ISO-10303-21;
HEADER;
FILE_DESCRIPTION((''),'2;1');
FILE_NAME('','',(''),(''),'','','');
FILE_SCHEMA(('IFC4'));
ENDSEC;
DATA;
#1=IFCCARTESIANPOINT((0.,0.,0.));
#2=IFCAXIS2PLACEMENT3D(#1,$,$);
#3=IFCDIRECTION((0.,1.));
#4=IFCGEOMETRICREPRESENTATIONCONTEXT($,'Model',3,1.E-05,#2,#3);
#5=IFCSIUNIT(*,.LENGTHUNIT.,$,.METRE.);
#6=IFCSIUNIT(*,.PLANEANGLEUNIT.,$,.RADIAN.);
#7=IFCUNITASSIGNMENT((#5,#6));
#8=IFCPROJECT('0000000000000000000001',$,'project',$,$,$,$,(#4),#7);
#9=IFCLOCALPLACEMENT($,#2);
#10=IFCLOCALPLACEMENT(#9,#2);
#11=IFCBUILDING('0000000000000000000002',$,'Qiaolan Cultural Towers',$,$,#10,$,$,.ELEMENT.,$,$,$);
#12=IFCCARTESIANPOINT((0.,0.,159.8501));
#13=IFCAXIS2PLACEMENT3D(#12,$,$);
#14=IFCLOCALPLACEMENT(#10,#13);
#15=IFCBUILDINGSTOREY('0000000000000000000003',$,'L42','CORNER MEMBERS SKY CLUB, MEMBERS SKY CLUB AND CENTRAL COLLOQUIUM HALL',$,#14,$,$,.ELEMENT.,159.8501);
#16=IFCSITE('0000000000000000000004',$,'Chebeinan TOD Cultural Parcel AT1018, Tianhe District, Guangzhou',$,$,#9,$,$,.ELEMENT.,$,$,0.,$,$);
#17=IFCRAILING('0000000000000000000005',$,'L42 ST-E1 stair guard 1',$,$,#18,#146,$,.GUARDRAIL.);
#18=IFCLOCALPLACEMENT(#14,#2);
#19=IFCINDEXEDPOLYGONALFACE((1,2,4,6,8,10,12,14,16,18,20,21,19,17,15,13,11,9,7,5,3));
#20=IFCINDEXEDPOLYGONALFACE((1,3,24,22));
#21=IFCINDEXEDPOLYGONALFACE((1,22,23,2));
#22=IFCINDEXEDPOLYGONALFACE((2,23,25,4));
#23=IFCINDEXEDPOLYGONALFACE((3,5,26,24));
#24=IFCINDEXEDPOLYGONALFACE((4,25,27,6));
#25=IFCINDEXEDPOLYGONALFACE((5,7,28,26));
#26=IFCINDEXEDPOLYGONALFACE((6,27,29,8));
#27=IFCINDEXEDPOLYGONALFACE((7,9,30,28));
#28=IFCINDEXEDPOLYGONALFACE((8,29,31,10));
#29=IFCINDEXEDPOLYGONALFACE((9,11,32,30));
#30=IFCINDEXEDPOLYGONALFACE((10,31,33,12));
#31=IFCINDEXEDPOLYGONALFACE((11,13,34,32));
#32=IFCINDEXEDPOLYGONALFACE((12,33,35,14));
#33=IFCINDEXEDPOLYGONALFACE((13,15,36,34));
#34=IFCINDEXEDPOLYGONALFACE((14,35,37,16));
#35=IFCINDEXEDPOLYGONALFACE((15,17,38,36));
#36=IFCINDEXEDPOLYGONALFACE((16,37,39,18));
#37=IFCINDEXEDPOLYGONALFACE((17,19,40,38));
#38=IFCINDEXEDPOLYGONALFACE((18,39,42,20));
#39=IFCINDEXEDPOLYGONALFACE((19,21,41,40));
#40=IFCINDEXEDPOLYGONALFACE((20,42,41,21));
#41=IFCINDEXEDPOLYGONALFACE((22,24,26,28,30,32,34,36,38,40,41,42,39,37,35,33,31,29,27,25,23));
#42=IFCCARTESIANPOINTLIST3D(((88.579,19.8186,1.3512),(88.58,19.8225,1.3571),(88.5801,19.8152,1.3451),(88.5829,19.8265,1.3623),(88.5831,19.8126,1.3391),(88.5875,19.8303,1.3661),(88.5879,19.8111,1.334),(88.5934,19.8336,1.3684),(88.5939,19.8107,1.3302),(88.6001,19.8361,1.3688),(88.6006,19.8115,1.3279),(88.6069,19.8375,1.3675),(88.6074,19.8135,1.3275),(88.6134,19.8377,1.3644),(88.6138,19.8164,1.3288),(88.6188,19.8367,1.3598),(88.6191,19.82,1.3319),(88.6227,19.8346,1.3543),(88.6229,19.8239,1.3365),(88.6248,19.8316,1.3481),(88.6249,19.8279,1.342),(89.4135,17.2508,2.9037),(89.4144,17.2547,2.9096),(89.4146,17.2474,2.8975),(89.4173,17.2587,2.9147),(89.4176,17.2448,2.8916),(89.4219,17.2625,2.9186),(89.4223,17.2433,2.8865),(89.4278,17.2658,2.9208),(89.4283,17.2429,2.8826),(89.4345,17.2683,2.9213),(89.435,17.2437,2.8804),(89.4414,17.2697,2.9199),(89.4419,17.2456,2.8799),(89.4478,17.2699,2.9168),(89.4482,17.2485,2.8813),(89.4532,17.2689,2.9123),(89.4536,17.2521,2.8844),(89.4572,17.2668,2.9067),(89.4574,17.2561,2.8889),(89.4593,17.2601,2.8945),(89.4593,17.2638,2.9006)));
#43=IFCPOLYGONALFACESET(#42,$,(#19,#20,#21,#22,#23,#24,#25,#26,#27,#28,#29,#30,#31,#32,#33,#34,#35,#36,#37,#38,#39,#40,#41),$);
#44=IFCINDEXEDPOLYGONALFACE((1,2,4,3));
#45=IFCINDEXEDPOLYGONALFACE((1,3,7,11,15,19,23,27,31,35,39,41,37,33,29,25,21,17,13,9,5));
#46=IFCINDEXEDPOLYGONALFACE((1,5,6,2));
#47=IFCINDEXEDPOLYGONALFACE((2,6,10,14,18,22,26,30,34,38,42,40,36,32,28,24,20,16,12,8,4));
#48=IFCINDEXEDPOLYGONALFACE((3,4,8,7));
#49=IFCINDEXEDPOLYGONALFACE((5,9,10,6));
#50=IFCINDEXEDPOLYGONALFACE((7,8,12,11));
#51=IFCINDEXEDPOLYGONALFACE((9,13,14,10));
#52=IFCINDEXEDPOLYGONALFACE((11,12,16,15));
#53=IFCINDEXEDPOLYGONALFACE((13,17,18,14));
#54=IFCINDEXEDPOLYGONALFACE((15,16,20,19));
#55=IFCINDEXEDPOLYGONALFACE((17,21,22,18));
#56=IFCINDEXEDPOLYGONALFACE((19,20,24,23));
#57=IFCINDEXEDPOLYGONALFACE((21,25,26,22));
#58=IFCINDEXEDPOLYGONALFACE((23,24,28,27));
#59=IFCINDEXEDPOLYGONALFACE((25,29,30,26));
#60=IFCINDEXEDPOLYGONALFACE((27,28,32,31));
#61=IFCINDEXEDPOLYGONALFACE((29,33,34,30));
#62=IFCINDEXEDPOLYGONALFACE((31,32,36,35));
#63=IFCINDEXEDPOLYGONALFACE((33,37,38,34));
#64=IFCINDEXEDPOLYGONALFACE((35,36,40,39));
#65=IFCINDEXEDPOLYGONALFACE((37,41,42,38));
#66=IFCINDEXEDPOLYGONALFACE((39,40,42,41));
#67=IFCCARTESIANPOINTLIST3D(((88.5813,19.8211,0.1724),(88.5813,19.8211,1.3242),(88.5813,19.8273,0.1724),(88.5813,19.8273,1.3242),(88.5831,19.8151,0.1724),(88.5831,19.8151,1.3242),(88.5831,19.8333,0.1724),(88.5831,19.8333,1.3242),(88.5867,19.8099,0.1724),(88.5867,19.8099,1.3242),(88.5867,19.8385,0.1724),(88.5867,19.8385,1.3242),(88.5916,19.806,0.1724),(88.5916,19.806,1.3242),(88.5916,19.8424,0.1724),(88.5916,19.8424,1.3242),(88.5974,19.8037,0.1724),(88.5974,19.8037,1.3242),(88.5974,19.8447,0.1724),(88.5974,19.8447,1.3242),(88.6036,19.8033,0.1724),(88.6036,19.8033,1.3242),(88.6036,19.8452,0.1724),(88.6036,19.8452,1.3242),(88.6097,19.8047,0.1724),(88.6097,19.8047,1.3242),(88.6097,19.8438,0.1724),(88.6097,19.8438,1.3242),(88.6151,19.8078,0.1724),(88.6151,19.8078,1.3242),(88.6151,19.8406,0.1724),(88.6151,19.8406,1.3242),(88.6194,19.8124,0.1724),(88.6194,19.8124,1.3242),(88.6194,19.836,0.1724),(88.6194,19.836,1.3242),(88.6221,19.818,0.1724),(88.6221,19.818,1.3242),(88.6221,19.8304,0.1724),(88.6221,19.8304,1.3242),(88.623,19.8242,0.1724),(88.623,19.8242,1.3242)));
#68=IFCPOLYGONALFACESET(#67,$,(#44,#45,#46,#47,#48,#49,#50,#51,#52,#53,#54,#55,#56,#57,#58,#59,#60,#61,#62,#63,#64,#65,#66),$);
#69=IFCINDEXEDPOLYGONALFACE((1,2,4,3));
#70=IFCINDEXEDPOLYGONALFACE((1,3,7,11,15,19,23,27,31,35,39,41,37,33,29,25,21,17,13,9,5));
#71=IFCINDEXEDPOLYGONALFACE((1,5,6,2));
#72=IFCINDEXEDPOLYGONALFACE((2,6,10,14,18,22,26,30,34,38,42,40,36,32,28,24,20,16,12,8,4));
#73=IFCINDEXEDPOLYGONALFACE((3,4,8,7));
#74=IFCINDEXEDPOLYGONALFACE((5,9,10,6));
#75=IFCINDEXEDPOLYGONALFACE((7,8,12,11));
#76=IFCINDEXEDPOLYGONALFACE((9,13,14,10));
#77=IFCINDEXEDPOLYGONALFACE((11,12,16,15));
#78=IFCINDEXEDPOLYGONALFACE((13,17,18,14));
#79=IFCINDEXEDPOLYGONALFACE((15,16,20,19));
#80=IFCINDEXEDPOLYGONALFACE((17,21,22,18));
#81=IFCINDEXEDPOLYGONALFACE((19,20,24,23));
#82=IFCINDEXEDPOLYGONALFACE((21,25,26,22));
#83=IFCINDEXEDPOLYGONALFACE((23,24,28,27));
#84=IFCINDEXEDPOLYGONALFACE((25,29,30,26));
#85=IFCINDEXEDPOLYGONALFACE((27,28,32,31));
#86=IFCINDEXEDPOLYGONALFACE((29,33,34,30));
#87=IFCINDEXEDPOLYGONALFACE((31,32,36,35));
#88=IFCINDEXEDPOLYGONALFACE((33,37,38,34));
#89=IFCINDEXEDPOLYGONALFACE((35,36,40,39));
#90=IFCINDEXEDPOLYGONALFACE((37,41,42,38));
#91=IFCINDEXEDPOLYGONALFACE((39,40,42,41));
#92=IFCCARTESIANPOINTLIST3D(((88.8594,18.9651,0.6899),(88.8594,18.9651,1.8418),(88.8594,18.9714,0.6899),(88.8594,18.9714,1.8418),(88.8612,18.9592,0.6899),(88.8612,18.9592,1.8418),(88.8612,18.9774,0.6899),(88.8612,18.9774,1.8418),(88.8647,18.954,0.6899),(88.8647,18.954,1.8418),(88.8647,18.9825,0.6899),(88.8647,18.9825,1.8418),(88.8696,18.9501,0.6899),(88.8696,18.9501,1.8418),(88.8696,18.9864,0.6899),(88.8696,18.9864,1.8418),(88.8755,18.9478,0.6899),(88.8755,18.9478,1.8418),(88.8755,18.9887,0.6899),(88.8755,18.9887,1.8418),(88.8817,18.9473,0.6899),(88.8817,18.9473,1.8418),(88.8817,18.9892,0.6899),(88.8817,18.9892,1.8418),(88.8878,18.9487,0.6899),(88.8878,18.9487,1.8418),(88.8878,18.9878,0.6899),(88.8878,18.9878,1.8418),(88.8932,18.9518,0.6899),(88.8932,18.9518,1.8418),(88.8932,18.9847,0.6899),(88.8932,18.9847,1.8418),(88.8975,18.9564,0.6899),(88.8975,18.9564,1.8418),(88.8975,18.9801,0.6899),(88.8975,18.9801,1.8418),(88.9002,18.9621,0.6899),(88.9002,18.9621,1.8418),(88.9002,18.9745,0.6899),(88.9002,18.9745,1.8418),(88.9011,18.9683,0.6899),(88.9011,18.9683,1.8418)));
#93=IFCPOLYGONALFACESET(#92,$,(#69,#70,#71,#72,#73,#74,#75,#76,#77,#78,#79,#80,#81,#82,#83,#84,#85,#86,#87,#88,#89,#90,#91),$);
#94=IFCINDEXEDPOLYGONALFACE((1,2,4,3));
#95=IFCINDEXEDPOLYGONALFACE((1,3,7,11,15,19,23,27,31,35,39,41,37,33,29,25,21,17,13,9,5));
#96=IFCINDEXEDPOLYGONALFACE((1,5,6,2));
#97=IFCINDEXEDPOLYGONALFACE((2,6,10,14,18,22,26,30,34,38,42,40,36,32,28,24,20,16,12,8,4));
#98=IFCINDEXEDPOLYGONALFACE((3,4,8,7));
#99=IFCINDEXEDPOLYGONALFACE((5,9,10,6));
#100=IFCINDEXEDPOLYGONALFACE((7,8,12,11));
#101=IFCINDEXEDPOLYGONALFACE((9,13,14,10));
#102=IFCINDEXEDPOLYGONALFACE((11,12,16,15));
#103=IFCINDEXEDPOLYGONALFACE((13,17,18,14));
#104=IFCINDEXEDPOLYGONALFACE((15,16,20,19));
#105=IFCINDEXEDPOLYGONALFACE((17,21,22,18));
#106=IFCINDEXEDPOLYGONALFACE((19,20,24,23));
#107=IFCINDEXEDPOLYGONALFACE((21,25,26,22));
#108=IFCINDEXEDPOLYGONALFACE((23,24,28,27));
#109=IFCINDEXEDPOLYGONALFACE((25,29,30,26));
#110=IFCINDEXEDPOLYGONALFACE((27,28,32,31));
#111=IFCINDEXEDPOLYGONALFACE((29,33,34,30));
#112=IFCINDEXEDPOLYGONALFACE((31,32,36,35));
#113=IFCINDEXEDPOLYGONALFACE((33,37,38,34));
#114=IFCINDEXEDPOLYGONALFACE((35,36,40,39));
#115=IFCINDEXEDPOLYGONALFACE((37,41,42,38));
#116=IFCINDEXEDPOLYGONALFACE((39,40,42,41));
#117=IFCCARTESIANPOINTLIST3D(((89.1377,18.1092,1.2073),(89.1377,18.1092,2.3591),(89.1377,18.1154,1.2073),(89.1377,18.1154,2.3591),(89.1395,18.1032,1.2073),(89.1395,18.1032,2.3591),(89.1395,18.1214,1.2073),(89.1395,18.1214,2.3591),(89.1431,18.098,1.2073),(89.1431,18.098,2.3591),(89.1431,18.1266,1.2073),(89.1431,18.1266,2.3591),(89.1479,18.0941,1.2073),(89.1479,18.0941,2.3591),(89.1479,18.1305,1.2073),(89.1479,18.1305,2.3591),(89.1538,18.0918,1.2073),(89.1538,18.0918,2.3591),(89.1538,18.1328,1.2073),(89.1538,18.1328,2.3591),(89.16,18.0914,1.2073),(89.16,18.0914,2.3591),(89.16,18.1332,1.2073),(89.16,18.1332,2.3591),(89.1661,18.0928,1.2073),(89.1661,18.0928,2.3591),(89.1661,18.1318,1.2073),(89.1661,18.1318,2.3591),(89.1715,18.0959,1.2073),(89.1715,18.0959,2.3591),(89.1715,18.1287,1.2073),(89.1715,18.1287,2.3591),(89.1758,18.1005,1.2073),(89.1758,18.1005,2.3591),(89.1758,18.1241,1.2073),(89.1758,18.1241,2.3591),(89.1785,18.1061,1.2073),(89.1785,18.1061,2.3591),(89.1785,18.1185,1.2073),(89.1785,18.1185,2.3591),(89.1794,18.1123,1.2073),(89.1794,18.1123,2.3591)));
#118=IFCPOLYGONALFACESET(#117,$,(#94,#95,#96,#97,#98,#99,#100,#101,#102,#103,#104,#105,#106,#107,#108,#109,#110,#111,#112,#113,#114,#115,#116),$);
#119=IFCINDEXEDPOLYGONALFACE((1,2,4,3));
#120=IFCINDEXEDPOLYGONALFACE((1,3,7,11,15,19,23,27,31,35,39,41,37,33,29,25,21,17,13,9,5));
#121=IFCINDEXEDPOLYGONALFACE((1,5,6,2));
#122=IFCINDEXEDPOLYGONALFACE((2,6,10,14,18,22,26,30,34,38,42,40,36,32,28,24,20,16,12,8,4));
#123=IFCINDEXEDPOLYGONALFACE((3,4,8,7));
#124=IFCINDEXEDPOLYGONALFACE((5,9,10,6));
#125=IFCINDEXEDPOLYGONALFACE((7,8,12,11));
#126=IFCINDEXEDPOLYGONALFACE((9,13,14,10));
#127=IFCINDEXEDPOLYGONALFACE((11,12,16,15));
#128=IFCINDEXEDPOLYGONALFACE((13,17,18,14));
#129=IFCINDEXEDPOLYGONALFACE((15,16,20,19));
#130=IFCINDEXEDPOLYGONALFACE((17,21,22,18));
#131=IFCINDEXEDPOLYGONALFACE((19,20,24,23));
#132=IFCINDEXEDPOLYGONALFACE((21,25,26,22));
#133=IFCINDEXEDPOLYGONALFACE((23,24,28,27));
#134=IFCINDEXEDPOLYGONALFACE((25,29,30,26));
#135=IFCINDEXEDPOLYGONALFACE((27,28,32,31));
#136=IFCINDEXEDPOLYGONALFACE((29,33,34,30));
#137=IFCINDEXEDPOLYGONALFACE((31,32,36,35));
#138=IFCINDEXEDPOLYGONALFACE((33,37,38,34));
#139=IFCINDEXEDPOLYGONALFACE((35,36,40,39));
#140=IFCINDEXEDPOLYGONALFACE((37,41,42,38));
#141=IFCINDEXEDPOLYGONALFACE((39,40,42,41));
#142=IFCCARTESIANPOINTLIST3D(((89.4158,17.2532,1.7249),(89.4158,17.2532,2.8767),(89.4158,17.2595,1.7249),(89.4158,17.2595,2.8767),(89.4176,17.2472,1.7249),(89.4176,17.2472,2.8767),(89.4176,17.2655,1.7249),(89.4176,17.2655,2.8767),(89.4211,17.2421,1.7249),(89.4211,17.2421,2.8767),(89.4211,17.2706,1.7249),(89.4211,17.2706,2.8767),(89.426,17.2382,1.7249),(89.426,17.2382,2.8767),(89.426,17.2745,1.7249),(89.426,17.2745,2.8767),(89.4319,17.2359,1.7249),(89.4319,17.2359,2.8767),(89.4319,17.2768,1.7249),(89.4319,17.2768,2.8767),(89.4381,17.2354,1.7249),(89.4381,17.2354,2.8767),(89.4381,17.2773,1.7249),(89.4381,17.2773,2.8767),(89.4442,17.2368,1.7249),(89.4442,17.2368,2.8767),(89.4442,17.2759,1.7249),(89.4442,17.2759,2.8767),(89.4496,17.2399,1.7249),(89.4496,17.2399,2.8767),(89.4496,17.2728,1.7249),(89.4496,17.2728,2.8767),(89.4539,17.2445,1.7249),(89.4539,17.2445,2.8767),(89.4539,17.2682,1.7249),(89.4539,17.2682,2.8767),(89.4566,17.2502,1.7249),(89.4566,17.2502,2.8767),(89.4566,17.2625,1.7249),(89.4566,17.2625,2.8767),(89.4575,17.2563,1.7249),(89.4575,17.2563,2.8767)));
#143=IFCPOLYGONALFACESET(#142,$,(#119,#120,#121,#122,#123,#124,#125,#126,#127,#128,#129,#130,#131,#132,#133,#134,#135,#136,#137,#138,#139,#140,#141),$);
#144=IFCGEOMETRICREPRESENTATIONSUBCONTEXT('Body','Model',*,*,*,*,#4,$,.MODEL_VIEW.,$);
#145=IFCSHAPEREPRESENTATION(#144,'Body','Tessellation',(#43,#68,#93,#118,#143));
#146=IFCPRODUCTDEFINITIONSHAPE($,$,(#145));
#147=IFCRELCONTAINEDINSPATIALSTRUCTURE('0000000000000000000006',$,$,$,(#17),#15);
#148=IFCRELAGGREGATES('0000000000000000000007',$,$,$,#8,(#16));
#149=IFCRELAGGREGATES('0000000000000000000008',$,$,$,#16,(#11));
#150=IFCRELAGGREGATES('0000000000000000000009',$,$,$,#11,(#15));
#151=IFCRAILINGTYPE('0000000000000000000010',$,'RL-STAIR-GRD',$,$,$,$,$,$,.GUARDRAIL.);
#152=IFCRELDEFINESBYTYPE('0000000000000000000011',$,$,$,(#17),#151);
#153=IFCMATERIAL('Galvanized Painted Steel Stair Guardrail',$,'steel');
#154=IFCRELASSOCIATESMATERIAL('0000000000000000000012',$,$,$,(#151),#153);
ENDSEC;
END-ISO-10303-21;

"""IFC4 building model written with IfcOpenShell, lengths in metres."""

from ifc_helpers import new_model, si_unit, direction, frame, origin, origin_2d, place, context, subcontext, project, spatial, circle, extrude, material, type_object, element, save


model = new_model("IFC4")

# Units and contexts
model_context = context("Model", 3, precision=1e-05, world=origin(), true_north=direction((0.0, 1.0)))
body_context = subcontext(model_context, "Body", "Model", "MODEL_VIEW")
ifc_project = project(units=[si_unit("LENGTHUNIT", "METRE"), si_unit("PLANEANGLEUNIT", "RADIAN")], contexts=[model_context])

# Site, building, storey
site_placement = place(None, origin())
site = spatial("IfcSite", under=ifc_project, at=site_placement, Name="Chebeinan TOD Cultural Parcel AT1018, Tianhe District, Guangzhou", CompositionType="ELEMENT", RefElevation=0.0)
building_placement = place(site_placement, origin())
building = spatial("IfcBuilding", under=site, at=building_placement, Name="Qiaolan Cultural Towers", CompositionType="ELEMENT")
storey_placement = place(building_placement, frame((0.0, 0.0, 159.8501)))
storey = spatial("IfcBuildingStorey", under=building, at=storey_placement, Name="L42", Description="CORNER MEMBERS SKY CLUB, MEMBERS SKY CLUB AND CENTRAL COLLOQUIUM HALL", CompositionType="ELEMENT", Elevation=159.8501)

# Railing
ifc_material_1 = material(Name="Galvanized Painted Steel Stair Guardrail", Category="steel")
railing_type_1 = type_object("IfcRailingType", Name="RL-STAIR-GRD", PredefinedType="GUARDRAIL", material=ifc_material_1)
railing_1_placement = place(storey_placement, frame((88.6021, 19.8242, 0.1724)))
element("IfcRailing", 1, at=railing_1_placement, inside=storey, type_object=railing_type_1, Name="L42 ST-E1 stair guard 1", PredefinedType="GUARDRAIL", context=body_context, shape_type="SweptSolid", body=[
    extrude(circle(Radius=0.0239, at=origin_2d()), frame((0.0, 0.0, 1.1758), z_axis=(0.267926, -0.824471, 0.498461), x_axis=(0.951043, 0.309057, 0.0)), (0.0, 0.0, 1.0), 3.1145),
    extrude(circle(Radius=0.021, at=origin_2d()), origin(), (0.0, 0.0, 1.0), 1.1519),
    extrude(circle(Radius=0.021, at=origin_2d()), frame((0.2781, -0.856, 0.5176)), (0.0, 0.0, 1.0), 1.1519),
    extrude(circle(Radius=0.021, at=origin_2d()), frame((0.5564, -1.7119, 1.0349)), (0.0, 0.0, 1.0), 1.1519),
    extrude(circle(Radius=0.021, at=origin_2d()), frame((0.8345, -2.5679, 1.5525)), (0.0, 0.0, 1.0), 1.1519),
])

save(model, "model.ifc")
